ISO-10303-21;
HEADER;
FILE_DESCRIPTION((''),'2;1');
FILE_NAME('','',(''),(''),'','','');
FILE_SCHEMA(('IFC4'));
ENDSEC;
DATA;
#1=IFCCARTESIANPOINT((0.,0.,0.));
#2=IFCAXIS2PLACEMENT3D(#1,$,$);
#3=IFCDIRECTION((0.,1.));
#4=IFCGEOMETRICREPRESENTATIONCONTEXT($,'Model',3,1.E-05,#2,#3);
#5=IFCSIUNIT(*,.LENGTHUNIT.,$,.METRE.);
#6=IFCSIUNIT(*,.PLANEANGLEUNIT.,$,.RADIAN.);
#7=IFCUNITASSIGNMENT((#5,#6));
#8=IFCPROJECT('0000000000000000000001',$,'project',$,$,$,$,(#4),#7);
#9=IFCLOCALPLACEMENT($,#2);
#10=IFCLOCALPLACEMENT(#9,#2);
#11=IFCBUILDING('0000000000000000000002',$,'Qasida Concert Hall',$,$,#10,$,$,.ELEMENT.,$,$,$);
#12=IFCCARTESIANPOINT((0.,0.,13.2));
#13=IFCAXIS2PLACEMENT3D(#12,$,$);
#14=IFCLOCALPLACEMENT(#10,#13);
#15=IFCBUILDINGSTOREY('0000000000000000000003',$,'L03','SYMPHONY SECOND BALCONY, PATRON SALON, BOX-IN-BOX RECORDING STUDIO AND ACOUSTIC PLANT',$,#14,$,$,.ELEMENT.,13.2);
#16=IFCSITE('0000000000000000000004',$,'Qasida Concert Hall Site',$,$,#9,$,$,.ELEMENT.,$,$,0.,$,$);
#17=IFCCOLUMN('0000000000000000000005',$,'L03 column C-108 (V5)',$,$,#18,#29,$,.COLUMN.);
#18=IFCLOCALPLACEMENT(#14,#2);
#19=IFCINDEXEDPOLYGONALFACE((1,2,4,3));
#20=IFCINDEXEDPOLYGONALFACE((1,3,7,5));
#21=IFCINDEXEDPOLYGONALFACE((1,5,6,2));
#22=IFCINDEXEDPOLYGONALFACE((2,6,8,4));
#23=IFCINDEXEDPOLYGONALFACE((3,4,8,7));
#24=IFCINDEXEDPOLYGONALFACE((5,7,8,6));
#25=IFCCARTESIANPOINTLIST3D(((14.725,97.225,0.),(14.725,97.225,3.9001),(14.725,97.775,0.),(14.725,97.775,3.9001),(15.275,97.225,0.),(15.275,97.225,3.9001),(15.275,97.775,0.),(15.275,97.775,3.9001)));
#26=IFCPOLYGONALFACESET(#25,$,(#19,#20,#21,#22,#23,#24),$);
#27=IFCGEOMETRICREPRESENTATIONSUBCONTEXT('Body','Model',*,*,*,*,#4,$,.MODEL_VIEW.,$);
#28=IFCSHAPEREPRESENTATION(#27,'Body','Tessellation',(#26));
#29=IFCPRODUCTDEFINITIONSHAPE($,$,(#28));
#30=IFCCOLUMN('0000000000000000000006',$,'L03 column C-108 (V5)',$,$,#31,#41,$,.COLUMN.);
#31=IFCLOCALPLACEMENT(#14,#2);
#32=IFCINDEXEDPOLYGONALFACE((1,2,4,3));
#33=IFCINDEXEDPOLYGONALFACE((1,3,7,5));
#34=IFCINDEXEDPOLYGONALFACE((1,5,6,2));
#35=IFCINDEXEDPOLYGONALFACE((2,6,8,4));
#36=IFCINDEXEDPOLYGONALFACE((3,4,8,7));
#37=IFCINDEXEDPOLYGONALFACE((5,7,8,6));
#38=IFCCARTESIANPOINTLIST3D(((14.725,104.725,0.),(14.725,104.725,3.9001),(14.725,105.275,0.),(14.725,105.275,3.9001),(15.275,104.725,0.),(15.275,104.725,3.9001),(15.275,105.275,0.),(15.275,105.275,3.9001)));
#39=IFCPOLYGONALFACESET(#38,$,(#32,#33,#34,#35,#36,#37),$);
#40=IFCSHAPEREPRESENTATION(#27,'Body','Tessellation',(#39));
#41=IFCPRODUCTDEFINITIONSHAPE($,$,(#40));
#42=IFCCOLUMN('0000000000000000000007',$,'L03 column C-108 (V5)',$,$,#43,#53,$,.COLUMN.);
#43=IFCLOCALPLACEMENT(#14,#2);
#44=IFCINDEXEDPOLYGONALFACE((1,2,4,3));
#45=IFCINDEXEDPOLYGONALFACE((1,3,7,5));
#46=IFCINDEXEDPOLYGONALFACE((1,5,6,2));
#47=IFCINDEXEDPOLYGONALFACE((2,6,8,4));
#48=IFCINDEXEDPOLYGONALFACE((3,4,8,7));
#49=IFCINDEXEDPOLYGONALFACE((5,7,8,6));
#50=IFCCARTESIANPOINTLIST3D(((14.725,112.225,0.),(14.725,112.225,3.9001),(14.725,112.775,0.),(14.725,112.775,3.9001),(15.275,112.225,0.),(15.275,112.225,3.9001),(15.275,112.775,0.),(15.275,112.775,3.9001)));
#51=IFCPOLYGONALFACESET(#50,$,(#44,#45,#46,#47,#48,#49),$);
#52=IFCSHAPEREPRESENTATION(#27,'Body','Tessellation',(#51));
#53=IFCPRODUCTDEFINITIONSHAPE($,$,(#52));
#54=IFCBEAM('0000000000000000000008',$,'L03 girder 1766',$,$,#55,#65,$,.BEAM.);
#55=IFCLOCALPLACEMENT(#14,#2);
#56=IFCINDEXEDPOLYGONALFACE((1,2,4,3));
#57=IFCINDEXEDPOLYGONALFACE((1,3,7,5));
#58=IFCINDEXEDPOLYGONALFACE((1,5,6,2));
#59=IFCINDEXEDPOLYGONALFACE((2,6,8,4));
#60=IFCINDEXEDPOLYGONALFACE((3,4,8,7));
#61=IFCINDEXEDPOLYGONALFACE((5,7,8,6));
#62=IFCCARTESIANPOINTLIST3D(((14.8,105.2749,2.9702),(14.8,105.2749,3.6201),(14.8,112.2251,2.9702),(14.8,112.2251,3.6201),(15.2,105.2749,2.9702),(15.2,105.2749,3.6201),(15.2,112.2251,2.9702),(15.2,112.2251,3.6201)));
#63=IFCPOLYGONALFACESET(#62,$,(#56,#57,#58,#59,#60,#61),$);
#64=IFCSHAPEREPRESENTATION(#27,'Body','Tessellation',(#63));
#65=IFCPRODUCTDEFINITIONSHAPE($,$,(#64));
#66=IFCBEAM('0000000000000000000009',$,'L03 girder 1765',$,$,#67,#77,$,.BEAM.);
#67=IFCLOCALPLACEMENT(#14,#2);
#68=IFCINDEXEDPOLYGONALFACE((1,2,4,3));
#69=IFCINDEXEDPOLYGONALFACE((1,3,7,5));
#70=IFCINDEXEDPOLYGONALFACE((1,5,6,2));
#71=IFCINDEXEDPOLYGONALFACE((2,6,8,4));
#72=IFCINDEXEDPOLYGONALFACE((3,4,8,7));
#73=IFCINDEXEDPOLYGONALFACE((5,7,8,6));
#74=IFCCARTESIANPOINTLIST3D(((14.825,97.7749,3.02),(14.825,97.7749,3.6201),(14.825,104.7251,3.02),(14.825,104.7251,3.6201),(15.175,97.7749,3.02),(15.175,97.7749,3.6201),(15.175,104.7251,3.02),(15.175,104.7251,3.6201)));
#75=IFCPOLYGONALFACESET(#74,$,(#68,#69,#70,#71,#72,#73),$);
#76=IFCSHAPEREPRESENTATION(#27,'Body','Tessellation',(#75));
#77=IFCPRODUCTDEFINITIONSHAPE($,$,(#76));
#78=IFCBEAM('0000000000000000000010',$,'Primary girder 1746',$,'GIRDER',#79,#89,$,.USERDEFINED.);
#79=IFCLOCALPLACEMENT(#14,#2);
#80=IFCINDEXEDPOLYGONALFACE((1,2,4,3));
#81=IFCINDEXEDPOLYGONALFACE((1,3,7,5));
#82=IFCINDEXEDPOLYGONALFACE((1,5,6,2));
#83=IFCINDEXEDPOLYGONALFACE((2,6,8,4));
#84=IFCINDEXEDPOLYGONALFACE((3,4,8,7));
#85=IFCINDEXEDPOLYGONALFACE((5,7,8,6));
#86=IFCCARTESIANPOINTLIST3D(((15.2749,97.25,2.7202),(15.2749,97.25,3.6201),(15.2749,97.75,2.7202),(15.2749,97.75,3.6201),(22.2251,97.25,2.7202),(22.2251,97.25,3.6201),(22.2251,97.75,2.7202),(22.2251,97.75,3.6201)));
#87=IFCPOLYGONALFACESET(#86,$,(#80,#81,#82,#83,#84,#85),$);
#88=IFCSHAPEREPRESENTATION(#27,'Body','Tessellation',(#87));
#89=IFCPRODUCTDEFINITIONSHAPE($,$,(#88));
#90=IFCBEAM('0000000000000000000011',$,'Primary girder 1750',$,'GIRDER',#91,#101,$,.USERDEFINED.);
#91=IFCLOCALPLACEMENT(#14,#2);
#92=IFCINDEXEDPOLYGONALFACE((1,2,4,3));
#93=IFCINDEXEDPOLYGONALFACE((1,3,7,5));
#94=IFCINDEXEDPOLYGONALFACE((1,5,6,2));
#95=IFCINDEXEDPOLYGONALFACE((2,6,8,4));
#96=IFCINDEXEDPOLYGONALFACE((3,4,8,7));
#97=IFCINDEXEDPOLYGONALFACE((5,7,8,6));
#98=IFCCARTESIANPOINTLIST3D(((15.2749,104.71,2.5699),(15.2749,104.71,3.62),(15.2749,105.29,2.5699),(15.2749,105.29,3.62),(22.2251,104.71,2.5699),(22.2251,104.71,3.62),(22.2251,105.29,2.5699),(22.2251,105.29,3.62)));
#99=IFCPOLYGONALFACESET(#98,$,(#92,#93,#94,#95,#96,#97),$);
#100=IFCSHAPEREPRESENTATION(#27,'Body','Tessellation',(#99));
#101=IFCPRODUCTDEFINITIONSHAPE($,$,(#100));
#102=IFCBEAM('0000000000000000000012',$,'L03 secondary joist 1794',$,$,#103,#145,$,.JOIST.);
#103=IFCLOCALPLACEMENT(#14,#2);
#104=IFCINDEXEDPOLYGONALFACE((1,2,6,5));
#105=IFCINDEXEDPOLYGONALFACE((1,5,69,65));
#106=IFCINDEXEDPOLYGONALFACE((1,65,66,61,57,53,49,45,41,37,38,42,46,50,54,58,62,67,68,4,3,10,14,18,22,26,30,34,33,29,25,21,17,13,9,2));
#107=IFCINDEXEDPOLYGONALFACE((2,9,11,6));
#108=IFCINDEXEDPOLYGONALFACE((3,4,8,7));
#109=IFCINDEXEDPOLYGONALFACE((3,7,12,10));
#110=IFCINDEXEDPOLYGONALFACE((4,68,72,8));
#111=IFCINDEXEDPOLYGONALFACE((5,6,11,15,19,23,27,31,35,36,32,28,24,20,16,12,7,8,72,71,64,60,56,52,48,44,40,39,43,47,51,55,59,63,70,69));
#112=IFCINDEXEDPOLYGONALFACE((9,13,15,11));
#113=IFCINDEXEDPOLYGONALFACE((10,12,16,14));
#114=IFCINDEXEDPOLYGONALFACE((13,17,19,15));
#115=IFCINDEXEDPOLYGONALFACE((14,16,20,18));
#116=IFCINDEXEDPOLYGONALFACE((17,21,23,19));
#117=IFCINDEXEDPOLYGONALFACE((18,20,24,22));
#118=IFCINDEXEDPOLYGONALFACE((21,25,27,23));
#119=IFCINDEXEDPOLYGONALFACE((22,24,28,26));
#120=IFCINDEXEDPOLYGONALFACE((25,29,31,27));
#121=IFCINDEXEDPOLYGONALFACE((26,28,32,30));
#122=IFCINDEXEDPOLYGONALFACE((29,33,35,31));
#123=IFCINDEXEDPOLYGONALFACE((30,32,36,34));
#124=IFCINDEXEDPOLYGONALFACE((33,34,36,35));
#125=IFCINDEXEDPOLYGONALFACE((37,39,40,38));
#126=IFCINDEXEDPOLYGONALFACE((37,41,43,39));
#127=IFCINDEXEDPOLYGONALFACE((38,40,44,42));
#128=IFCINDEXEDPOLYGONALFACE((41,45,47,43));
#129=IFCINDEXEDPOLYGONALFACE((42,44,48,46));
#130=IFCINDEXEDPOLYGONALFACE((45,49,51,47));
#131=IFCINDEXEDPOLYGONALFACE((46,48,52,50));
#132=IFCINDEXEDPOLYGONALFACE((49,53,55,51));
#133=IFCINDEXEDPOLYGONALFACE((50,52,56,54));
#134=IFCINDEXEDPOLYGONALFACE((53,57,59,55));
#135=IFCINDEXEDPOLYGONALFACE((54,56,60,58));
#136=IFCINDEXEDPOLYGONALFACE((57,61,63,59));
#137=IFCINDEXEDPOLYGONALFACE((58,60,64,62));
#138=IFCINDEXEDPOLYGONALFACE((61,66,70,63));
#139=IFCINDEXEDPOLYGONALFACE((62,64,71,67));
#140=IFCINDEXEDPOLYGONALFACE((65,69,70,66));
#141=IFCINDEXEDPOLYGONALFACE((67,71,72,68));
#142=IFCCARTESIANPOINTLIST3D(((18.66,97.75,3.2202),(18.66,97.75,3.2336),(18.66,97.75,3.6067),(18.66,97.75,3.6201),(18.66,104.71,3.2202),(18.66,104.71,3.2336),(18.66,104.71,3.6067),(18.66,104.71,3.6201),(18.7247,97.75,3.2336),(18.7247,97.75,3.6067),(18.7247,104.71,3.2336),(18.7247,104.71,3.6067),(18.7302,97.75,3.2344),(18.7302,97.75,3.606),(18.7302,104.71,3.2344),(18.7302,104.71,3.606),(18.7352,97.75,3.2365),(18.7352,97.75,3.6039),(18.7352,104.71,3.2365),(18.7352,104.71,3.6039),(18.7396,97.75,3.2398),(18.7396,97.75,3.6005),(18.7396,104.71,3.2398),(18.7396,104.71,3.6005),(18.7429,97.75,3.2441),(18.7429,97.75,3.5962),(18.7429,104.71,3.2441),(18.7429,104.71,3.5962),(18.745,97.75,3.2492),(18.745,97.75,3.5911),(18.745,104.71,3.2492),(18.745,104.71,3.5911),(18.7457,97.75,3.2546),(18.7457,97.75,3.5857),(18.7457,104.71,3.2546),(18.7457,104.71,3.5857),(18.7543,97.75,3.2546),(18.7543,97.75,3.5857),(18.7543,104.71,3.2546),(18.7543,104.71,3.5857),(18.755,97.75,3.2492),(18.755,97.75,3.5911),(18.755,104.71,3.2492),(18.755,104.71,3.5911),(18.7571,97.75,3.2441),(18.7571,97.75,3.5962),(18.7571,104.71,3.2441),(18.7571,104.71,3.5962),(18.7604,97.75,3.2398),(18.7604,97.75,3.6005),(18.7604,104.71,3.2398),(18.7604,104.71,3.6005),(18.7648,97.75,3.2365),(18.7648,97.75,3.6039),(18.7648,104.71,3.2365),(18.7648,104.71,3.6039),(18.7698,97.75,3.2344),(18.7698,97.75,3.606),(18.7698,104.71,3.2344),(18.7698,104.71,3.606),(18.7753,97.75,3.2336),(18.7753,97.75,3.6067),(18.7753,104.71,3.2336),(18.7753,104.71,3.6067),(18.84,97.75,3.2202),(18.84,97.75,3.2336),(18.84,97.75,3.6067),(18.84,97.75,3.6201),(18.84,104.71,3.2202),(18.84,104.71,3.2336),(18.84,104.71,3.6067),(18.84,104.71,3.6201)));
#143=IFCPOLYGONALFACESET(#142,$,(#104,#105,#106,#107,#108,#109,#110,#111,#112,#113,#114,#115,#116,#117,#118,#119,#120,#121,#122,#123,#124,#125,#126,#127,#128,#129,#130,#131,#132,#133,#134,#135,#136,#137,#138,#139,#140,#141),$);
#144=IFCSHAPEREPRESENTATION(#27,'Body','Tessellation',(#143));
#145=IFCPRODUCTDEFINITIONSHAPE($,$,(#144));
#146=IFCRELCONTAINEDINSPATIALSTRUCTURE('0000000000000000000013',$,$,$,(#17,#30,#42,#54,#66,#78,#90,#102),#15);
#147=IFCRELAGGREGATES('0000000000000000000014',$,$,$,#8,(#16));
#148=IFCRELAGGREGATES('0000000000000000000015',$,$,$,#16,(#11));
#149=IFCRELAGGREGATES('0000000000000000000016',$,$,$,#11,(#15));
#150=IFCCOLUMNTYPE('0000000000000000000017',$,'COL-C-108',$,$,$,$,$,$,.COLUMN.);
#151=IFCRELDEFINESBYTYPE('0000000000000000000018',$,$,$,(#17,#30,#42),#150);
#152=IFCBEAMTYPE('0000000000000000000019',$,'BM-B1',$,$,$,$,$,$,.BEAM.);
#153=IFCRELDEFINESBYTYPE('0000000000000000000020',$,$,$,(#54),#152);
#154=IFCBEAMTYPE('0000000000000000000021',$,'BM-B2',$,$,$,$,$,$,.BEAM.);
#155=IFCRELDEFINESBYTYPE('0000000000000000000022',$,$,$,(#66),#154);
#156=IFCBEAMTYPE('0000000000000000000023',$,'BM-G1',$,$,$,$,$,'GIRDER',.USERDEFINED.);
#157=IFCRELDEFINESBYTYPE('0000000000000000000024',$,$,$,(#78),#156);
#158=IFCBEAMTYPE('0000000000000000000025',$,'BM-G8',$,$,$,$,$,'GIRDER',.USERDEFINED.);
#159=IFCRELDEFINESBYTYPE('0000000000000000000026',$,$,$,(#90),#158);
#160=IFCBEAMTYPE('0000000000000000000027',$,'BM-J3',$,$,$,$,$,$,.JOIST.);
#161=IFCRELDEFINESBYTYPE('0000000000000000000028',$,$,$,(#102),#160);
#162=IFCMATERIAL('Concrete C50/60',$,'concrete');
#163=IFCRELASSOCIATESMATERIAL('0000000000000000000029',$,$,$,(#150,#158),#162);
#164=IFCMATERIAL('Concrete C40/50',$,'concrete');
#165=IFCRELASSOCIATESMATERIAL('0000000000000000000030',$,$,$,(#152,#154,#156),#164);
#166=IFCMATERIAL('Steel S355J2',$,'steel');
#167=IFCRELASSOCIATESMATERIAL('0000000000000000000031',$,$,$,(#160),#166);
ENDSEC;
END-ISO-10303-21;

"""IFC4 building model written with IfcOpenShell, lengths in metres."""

from ifc_helpers import new_model, si_unit, direction, frame, origin, origin_2d, place, context, subcontext, project, spatial, rectangle, i_section, extrude, material, material_profile, profile_set, type_object, element, save


model = new_model("IFC4")

# Units and contexts
model_context = context("Model", 3, precision=1e-05, world=origin(), true_north=direction((0.0, 1.0)))
body_context = subcontext(model_context, "Body", "Model", "MODEL_VIEW")
ifc_project = project(units=[si_unit("LENGTHUNIT", "METRE"), si_unit("PLANEANGLEUNIT", "RADIAN")], contexts=[model_context])

# Site, building, storey
site_placement = place(None, origin())
site = spatial("IfcSite", under=ifc_project, at=site_placement, Name="Qasida Concert Hall Site", CompositionType="ELEMENT", RefElevation=0.0)
building_placement = place(site_placement, origin())
building = spatial("IfcBuilding", under=site, at=building_placement, Name="Qasida Concert Hall", CompositionType="ELEMENT")
storey_placement = place(building_placement, frame((0.0, 0.0, 13.2)))
storey = spatial("IfcBuildingStorey", under=building, at=storey_placement, Name="L03", Description="SYMPHONY SECOND BALCONY, PATRON SALON, BOX-IN-BOX RECORDING STUDIO AND ACOUSTIC PLANT", CompositionType="ELEMENT", Elevation=13.2)

# Columns
ifc_material_1 = material(Name="Concrete C50/60", Category="concrete")
ifc_material_profile_1 = material_profile(ifc_material_1, rectangle(XDim=0.55, YDim=0.55, at=origin_2d()), Name="RC 550x550")
ifc_profile_set_1 = profile_set([ifc_material_profile_1], Name="Concrete C50/60")
column_type = type_object("IfcColumnType", Name="COL-C-108", PredefinedType="COLUMN", material=ifc_profile_set_1)
for number, where, z_axis, x_axis, name in (
    (1, (15.0, 97.5, 0.0), (0.0, 0.0, 1.0), (1.0, 0.0, 0.0), "L03 column C-108 (V5)"),
    (2, (15.0, 105.0, 0.0), (0.0, 0.0, 1.0), (1.0, 0.0, 0.0), "L03 column C-108 (V5)"),
    (3, (15.0, 112.5, 0.0), (0.0, 0.0, 1.0), (1.0, 0.0, 0.0), "L03 column C-108 (V5)"),
):
    element("IfcColumn", number, at=place(storey_placement, frame(where, z_axis=z_axis, x_axis=x_axis)), inside=storey, type_object=column_type, Name=name, PredefinedType="COLUMN", context=body_context, shape_type="SweptSolid", body=[
        extrude(rectangle(XDim=0.55, YDim=0.55, at=origin_2d()), origin(), (0.0, 0.0, 1.0), 3.9001),
    ])

# Beams
ifc_material_2 = material(Name="Concrete C40/50", Category="concrete")
ifc_material_profile_2 = material_profile(ifc_material_2, rectangle(XDim=0.3999, YDim=0.6499, at=origin_2d()), Name="RC 400x650")
ifc_profile_set_2 = profile_set([ifc_material_profile_2], Name="Concrete C40/50")
beam_type_1 = type_object("IfcBeamType", Name="BM-B1", PredefinedType="BEAM", material=ifc_profile_set_2)
beam_1_placement = place(storey_placement, frame((15.0, 105.2749, 3.2952), z_axis=(0.0, 1.0, 0.0), x_axis=(-1.0, 0.0, 0.0)))
element("IfcBeam", 4, at=beam_1_placement, inside=storey, type_object=beam_type_1, Name="L03 girder 1766", PredefinedType="BEAM", context=body_context, shape_type="SweptSolid", body=[
    extrude(rectangle(XDim=0.3999, YDim=0.6499, at=origin_2d()), origin(), (0.0, 0.0, 1.0), 6.9502),
])
ifc_material_profile_3 = material_profile(ifc_material_2, rectangle(XDim=0.3501, YDim=0.6001, at=origin_2d()), Name="RC 350x600")
ifc_profile_set_3 = profile_set([ifc_material_profile_3], Name="Concrete C40/50")
beam_type_2 = type_object("IfcBeamType", Name="BM-B2", PredefinedType="BEAM", material=ifc_profile_set_3)
beam_2_placement = place(storey_placement, frame((15.0, 97.7749, 3.3201), z_axis=(0.0, 1.0, 0.0), x_axis=(-1.0, 0.0, 0.0)))
element("IfcBeam", 5, at=beam_2_placement, inside=storey, type_object=beam_type_2, Name="L03 girder 1765", PredefinedType="BEAM", context=body_context, shape_type="SweptSolid", body=[
    extrude(rectangle(XDim=0.3501, YDim=0.6001, at=origin_2d()), origin(), (0.0, 0.0, 1.0), 6.9502),
])
ifc_material_profile_4 = material_profile(ifc_material_2, rectangle(XDim=0.5, YDim=0.8999, at=origin_2d()), Name="RC 500x900")
ifc_profile_set_4 = profile_set([ifc_material_profile_4], Name="Concrete C40/50")
beam_type_3 = type_object("IfcBeamType", Name="BM-G1", ElementType="GIRDER", PredefinedType="USERDEFINED", material=ifc_profile_set_4)
beam_3_placement = place(storey_placement, frame((15.2749, 97.5, 3.1702), z_axis=(1.0, 0.0, 0.0), x_axis=(0.0, 1.0, 0.0)))
element("IfcBeam", 6, at=beam_3_placement, inside=storey, type_object=beam_type_3, Name="Primary girder 1746", ObjectType="GIRDER", PredefinedType="USERDEFINED", context=body_context, shape_type="SweptSolid", body=[
    extrude(rectangle(XDim=0.5, YDim=0.8999, at=origin_2d()), origin(), (0.0, 0.0, 1.0), 6.9502),
])
ifc_material_profile_5 = material_profile(ifc_material_1, rectangle(XDim=0.5801, YDim=1.05, at=origin_2d()), Name="RC 580x1050")
ifc_profile_set_5 = profile_set([ifc_material_profile_5], Name="Concrete C50/60")
beam_type_4 = type_object("IfcBeamType", Name="BM-G8", ElementType="GIRDER", PredefinedType="USERDEFINED", material=ifc_profile_set_5)
beam_4_placement = place(storey_placement, frame((15.2749, 105.0, 3.095), z_axis=(1.0, 0.0, 0.0), x_axis=(0.0, 1.0, 0.0)))
element("IfcBeam", 7, at=beam_4_placement, inside=storey, type_object=beam_type_4, Name="Primary girder 1750", ObjectType="GIRDER", PredefinedType="USERDEFINED", context=body_context, shape_type="SweptSolid", body=[
    extrude(rectangle(XDim=0.5801, YDim=1.05, at=origin_2d()), origin(), (0.0, 0.0, 1.0), 6.9502),
])
ifc_material_3 = material(Name="Steel S355J2", Category="steel")
ifc_material_profile_6 = material_profile(ifc_material_3, i_section(OverallWidth=0.1799, OverallDepth=0.3999, WebThickness=0.0085, FlangeThickness=0.0134, FilletRadius=0.021, at=origin_2d()), Name="IPE 400")
ifc_profile_set_6 = profile_set([ifc_material_profile_6], Name="Steel S355J2")
beam_type_5 = type_object("IfcBeamType", Name="BM-J3", PredefinedType="JOIST", material=ifc_profile_set_6)
beam_5_placement = place(storey_placement, frame((18.75, 97.75, 3.4202), z_axis=(0.0, 1.0, 0.0), x_axis=(-1.0, 0.0, 0.0)))
element("IfcBeam", 8, at=beam_5_placement, inside=storey, type_object=beam_type_5, Name="L03 secondary joist 1794", PredefinedType="JOIST", context=body_context, shape_type="SweptSolid", body=[
    extrude(i_section(OverallWidth=0.1799, OverallDepth=0.3999, WebThickness=0.0085, FlangeThickness=0.0134, FilletRadius=0.021, at=origin_2d()), origin(), (0.0, 0.0, 1.0), 6.96),
])

save(model, "model.ifc")
